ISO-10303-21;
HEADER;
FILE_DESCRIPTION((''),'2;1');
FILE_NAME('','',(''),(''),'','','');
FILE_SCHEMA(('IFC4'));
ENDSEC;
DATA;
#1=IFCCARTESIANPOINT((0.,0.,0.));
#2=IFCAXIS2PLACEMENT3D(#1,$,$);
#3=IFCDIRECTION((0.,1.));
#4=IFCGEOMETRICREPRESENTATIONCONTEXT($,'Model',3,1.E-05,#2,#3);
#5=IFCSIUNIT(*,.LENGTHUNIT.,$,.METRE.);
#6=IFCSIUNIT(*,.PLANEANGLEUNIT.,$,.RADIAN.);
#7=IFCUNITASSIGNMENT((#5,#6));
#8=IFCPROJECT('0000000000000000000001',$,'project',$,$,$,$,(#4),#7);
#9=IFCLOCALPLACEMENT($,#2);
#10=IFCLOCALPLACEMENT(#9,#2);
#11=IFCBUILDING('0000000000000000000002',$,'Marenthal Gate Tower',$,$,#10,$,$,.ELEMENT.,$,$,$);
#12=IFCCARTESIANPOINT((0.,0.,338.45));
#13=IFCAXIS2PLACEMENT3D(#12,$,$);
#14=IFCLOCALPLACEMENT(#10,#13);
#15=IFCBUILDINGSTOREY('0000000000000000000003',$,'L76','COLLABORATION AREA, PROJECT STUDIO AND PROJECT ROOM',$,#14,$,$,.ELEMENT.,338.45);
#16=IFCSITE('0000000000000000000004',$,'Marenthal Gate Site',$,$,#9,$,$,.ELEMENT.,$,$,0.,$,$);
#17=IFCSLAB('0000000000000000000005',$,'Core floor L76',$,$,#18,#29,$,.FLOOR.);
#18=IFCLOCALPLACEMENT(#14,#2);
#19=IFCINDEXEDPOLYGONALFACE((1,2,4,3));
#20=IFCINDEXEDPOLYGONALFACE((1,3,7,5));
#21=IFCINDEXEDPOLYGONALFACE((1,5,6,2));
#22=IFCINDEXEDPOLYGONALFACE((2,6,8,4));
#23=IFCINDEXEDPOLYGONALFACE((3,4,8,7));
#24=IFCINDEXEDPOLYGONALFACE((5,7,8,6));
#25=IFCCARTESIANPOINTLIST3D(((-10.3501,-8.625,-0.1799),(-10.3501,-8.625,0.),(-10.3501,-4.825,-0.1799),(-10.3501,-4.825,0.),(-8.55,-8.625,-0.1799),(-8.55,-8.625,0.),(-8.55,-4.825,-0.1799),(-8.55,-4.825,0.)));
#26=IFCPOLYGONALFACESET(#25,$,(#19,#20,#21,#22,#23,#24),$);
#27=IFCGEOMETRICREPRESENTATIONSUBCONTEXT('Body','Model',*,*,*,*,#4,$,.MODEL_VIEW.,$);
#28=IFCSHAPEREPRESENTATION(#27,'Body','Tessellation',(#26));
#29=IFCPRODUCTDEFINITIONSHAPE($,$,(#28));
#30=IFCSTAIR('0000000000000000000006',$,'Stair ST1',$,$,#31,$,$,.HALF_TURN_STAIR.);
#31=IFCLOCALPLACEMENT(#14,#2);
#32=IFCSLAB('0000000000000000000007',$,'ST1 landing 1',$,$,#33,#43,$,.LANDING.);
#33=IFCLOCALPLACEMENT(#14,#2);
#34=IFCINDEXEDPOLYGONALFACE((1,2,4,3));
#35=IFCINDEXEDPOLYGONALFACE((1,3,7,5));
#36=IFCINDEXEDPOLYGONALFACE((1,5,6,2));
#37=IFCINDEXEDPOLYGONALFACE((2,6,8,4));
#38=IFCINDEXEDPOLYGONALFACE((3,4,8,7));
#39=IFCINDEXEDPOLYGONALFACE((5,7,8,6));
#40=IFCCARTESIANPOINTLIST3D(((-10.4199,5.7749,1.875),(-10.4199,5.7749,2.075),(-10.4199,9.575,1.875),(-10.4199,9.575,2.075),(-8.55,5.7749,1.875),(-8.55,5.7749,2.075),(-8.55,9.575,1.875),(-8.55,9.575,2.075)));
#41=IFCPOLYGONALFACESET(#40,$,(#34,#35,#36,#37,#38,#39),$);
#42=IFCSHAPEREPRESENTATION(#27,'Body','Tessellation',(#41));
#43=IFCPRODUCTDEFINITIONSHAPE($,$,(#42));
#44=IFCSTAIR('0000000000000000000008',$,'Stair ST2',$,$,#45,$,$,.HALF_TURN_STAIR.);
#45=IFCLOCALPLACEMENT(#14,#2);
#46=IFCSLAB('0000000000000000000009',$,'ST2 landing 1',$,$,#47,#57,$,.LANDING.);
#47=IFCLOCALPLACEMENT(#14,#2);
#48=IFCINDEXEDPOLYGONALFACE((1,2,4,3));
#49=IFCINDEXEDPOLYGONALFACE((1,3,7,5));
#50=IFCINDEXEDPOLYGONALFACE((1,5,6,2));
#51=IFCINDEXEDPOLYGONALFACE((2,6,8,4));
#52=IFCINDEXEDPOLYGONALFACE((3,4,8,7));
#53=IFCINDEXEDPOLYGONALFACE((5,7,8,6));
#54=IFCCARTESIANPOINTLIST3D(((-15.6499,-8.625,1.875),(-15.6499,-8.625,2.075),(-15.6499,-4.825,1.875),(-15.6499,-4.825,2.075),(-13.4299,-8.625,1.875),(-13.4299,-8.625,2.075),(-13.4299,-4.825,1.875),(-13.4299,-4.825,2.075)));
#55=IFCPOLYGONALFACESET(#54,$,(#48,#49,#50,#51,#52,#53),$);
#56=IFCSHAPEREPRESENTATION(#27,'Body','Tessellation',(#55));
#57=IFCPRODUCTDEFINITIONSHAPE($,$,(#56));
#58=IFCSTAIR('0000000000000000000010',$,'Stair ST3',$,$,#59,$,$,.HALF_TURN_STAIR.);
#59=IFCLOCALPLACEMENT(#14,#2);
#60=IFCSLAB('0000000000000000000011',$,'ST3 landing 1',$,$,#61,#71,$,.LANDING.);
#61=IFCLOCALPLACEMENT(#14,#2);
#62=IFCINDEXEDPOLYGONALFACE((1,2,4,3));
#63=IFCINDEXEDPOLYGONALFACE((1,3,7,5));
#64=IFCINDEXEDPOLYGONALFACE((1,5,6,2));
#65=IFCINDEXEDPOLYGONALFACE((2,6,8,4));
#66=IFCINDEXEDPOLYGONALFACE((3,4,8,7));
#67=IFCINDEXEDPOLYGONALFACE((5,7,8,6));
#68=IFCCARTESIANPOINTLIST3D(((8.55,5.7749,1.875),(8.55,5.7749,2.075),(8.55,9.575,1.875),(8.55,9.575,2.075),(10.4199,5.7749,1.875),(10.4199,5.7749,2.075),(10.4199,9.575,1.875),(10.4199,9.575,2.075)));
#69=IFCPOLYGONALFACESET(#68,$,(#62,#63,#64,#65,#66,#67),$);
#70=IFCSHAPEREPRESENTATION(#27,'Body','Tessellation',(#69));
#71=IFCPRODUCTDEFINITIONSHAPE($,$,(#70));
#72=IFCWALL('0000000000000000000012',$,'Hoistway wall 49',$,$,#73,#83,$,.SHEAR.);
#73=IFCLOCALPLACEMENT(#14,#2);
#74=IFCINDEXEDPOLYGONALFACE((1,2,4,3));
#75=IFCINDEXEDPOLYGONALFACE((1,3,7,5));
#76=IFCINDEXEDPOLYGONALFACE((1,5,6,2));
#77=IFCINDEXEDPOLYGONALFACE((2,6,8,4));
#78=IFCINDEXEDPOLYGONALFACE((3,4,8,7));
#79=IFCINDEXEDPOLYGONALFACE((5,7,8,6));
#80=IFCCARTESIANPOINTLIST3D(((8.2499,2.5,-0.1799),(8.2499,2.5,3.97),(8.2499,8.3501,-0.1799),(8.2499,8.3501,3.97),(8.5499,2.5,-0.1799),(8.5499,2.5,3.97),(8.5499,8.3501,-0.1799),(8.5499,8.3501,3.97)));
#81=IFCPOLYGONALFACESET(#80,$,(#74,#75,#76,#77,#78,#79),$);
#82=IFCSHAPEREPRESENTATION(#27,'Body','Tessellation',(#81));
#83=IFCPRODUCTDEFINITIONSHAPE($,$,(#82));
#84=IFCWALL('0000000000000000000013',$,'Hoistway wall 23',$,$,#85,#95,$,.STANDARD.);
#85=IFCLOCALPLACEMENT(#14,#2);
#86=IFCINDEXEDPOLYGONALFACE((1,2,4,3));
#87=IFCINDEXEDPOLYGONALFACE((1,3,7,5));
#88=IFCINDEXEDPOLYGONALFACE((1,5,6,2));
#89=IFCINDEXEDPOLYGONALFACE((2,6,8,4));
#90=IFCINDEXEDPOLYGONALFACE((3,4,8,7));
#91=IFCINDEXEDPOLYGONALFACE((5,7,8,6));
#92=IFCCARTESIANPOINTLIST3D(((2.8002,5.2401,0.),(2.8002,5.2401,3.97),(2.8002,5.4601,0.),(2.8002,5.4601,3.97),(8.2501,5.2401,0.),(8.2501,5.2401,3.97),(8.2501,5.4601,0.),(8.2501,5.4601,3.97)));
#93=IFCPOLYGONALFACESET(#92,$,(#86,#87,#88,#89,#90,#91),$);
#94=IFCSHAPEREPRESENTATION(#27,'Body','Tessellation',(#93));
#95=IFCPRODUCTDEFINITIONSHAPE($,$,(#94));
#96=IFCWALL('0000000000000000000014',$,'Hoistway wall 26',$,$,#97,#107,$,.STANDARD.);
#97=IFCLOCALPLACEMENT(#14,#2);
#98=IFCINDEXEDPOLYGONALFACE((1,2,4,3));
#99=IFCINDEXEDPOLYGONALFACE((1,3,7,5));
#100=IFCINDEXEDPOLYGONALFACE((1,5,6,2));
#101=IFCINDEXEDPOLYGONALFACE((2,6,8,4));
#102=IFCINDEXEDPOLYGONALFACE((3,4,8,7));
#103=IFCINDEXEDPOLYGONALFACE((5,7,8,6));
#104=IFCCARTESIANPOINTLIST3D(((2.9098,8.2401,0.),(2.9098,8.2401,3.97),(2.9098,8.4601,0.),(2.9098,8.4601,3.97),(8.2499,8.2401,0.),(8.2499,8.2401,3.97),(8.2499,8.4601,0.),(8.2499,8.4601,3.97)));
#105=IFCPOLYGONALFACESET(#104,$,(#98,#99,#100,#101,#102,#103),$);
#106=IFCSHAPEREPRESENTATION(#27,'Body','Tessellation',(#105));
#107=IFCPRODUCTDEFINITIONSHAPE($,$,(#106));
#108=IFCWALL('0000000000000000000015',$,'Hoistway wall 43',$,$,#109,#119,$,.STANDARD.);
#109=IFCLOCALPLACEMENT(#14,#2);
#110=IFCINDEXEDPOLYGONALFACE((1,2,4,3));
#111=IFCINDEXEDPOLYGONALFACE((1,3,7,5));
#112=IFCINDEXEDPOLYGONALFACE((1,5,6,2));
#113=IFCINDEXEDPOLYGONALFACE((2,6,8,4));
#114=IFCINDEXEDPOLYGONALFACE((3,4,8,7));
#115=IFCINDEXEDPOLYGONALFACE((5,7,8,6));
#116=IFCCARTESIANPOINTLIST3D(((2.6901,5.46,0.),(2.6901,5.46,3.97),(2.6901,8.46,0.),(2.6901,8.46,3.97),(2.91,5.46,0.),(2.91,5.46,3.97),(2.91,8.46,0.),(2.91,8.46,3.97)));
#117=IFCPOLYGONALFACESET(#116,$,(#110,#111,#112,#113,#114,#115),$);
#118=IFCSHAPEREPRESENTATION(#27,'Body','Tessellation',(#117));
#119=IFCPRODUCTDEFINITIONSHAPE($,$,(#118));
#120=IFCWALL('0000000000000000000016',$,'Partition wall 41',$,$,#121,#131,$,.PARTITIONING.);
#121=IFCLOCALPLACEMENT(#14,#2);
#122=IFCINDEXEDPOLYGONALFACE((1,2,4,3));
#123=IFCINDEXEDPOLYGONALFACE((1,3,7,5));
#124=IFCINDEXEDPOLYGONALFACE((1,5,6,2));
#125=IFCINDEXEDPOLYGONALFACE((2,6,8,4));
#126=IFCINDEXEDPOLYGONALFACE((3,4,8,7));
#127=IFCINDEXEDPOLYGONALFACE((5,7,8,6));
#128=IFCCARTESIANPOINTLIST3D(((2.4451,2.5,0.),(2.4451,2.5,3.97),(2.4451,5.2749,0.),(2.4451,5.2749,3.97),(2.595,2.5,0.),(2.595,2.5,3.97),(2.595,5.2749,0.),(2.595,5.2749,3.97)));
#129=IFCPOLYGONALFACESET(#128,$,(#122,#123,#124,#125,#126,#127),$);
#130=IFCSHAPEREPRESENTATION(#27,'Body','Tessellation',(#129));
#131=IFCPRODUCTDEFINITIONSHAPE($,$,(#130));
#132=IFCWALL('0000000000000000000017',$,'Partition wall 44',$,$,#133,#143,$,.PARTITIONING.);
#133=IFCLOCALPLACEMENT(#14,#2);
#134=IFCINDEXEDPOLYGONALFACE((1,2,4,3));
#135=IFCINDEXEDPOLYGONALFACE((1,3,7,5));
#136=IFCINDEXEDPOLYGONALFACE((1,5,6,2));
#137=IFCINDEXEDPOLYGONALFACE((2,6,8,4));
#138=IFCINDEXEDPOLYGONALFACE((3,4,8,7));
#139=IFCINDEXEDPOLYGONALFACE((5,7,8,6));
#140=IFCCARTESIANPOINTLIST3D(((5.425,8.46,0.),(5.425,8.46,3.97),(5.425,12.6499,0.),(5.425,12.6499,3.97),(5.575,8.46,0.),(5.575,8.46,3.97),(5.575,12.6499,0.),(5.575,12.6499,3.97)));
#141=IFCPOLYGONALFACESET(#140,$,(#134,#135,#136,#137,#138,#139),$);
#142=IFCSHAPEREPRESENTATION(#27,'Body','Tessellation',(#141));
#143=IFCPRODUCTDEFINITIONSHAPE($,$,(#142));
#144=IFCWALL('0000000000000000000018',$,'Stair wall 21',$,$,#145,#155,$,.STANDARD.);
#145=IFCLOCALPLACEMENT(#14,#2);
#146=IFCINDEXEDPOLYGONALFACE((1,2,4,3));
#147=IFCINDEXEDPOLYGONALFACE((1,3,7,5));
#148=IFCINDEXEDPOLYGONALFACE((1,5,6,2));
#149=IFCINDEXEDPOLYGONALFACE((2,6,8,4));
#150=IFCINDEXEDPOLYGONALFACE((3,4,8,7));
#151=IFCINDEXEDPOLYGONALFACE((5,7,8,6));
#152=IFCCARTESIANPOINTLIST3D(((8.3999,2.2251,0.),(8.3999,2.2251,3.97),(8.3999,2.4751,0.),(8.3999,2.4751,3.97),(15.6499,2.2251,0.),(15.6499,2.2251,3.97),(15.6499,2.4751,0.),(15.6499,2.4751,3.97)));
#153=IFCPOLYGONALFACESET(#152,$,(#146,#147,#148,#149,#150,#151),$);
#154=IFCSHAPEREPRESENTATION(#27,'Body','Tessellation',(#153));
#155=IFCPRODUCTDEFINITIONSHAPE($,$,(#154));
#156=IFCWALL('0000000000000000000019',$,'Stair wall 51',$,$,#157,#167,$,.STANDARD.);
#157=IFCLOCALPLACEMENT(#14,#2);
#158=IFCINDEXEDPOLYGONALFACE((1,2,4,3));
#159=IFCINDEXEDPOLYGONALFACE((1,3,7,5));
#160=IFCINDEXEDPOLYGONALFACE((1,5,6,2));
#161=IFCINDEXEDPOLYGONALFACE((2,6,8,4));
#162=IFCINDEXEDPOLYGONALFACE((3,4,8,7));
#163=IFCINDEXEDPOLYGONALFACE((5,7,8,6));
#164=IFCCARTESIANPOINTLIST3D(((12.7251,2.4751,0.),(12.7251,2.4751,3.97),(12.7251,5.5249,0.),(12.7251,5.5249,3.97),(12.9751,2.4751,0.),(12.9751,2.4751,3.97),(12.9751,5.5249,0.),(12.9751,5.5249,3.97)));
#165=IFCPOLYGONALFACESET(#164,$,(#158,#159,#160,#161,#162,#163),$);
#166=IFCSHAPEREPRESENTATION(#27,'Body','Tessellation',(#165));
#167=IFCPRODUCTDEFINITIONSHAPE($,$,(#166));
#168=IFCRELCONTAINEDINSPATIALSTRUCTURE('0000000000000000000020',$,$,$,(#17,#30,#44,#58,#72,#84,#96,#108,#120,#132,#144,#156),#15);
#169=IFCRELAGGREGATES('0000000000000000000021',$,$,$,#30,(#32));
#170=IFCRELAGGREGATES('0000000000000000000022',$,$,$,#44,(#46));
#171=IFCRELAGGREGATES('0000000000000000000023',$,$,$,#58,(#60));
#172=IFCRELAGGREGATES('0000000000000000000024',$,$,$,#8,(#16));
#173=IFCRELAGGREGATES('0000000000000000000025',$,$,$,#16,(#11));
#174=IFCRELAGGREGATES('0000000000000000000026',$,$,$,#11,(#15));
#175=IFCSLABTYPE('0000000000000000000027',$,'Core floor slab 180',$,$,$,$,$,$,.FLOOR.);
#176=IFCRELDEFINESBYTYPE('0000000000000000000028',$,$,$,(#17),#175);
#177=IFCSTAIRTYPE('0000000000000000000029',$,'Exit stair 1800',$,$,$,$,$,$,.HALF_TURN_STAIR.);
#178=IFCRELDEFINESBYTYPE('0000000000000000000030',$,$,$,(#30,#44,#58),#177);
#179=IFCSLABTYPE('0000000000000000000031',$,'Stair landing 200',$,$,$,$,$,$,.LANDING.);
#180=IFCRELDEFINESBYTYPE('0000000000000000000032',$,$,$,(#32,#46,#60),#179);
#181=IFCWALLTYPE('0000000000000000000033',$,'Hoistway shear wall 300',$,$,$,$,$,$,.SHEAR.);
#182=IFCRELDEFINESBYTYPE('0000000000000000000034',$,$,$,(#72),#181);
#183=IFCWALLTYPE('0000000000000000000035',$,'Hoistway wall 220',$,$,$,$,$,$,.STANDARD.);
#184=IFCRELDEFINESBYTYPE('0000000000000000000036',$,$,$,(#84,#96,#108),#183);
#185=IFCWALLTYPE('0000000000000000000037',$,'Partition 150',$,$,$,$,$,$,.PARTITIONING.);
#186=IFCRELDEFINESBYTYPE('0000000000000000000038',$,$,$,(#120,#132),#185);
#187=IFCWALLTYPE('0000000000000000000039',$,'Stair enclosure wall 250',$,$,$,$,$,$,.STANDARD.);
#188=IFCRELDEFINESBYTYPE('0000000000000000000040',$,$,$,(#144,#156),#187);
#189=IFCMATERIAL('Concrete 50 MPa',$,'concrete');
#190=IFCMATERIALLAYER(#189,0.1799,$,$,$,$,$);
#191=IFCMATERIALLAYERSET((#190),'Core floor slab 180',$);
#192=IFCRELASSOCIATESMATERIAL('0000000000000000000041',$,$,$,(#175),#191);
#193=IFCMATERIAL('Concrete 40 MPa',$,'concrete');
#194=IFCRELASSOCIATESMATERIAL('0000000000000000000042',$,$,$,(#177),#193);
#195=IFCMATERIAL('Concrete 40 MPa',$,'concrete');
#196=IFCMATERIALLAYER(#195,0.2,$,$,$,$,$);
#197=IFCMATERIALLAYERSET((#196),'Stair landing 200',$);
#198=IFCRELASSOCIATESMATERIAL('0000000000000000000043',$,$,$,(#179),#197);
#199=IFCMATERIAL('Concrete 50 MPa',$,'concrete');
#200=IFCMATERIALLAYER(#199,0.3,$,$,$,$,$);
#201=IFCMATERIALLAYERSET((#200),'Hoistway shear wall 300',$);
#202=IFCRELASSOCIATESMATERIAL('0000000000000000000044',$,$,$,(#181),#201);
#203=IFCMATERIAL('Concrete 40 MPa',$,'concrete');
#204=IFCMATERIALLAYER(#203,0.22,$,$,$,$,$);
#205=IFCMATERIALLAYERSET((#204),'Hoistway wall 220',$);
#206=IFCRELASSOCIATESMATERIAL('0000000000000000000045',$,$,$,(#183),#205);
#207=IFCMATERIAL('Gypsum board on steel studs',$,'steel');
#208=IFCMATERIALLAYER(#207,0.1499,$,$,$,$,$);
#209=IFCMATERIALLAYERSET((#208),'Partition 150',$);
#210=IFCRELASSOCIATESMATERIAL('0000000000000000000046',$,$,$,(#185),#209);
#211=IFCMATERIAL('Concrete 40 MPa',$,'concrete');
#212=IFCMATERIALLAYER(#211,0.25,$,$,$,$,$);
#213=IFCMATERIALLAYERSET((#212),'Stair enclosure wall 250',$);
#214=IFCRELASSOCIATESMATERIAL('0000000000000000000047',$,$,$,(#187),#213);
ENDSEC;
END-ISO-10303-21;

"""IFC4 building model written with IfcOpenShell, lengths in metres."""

from ifc_helpers import new_model, si_unit, direction, frame, frame_2d, origin, place, context, subcontext, project, spatial, polyline, rectangle, outline, extrude, material, layer, layer_set, type_object, element, aggregate, save


model = new_model("IFC4")

# Units and contexts
model_context = context("Model", 3, precision=1e-05, world=origin(), true_north=direction((0.0, 1.0)))
body_context = subcontext(model_context, "Body", "Model", "MODEL_VIEW")
ifc_project = project(units=[si_unit("LENGTHUNIT", "METRE"), si_unit("PLANEANGLEUNIT", "RADIAN")], contexts=[model_context])

# Site, building, storey
site_placement = place(None, origin())
site = spatial("IfcSite", under=ifc_project, at=site_placement, Name="Marenthal Gate Site", CompositionType="ELEMENT", RefElevation=0.0)
building_placement = place(site_placement, origin())
building = spatial("IfcBuilding", under=site, at=building_placement, Name="Marenthal Gate Tower", CompositionType="ELEMENT")
storey_placement = place(building_placement, frame((0.0, 0.0, 338.45)))
storey = spatial("IfcBuildingStorey", under=building, at=storey_placement, Name="L76", Description="COLLABORATION AREA, PROJECT STUDIO AND PROJECT ROOM", CompositionType="ELEMENT", Elevation=338.45)

# Slab
ifc_material_1 = material(Name="Concrete 50 MPa", Category="concrete")
ifc_layer_1 = layer(ifc_material_1, 0.1799)
ifc_layer_set_1 = layer_set([ifc_layer_1], Name="Core floor slab 180")
slab_type_1 = type_object("IfcSlabType", Name="Core floor slab 180", PredefinedType="FLOOR", material=ifc_layer_set_1)
slab_1_placement = place(storey_placement, frame((0.0, 0.0, -0.1799)))
element("IfcSlab", 1, at=slab_1_placement, inside=storey, type_object=slab_type_1, Name="Core floor L76", PredefinedType="FLOOR", context=body_context, shape_type="SweptSolid", body=[
    extrude(outline(polyline([(-8.55, -4.825), (-8.55, -8.625), (-10.3501, -8.625), (-10.3501, -4.825), (-8.55, -4.825)])), origin(), (0.0, 0.0, 1.0), 0.1799),
])

# Stairs, slabs
ifc_material_2 = material(Name="Concrete 40 MPa", Category="concrete")
stair_type = type_object("IfcStairType", Name="Exit stair 1800", PredefinedType="HALF_TURN_STAIR", material=ifc_material_2)
stair_1_placement = place(storey_placement, origin())
stair_1 = element("IfcStair", 2, at=stair_1_placement, inside=storey, type_object=stair_type, Name="Stair ST1", PredefinedType="HALF_TURN_STAIR")
ifc_material_3 = material(Name="Concrete 40 MPa", Category="concrete")
ifc_layer_2 = layer(ifc_material_3, 0.2)
ifc_layer_set_2 = layer_set([ifc_layer_2], Name="Stair landing 200")
slab_type_2 = type_object("IfcSlabType", Name="Stair landing 200", PredefinedType="LANDING", material=ifc_layer_set_2)
slab_2_placement = place(storey_placement, frame((0.0, 0.0, 1.875)))
slab_2 = element("IfcSlab", 3, at=slab_2_placement, type_object=slab_type_2, Name="ST1 landing 1", PredefinedType="LANDING", context=body_context, shape_type="SweptSolid", body=[
    extrude(outline(polyline([(-10.4199, 5.7749), (-8.55, 5.7749), (-8.55, 9.575), (-10.4199, 9.575), (-10.4199, 5.7749)])), origin(), (0.0, 0.0, 1.0), 0.2),
])
aggregate(stair_1, [slab_2])
stair_2_placement = place(storey_placement, origin())
stair_2 = element("IfcStair", 4, at=stair_2_placement, inside=storey, type_object=stair_type, Name="Stair ST2", PredefinedType="HALF_TURN_STAIR")
slab_3_placement = place(storey_placement, frame((0.0, 0.0, 1.875)))
slab_3 = element("IfcSlab", 5, at=slab_3_placement, type_object=slab_type_2, Name="ST2 landing 1", PredefinedType="LANDING", context=body_context, shape_type="SweptSolid", body=[
    extrude(outline(polyline([(-15.6499, -8.625), (-13.4299, -8.625), (-13.4299, -4.825), (-15.6499, -4.825), (-15.6499, -8.625)])), origin(), (0.0, 0.0, 1.0), 0.2),
])
aggregate(stair_2, [slab_3])
stair_3_placement = place(storey_placement, origin())
stair_3 = element("IfcStair", 6, at=stair_3_placement, inside=storey, type_object=stair_type, Name="Stair ST3", PredefinedType="HALF_TURN_STAIR")
slab_4_placement = place(storey_placement, frame((0.0, 0.0, 1.875)))
slab_4 = element("IfcSlab", 7, at=slab_4_placement, type_object=slab_type_2, Name="ST3 landing 1", PredefinedType="LANDING", context=body_context, shape_type="SweptSolid", body=[
    extrude(outline(polyline([(8.55, 5.7749), (10.4199, 5.7749), (10.4199, 9.575), (8.55, 9.575), (8.55, 5.7749)])), origin(), (0.0, 0.0, 1.0), 0.2),
])

# Walls
ifc_material_4 = material(Name="Concrete 50 MPa", Category="concrete")
ifc_layer_3 = layer(ifc_material_4, 0.3)
ifc_layer_set_3 = layer_set([ifc_layer_3], Name="Hoistway shear wall 300")
wall_type_1 = type_object("IfcWallType", Name="Hoistway shear wall 300", PredefinedType="SHEAR", material=ifc_layer_set_3)
wall_1_placement = place(storey_placement, frame((8.3999, 2.5, -0.1799), z_axis=(0.0, 0.0, 1.0), x_axis=(0.0, 1.0, 0.0)))
element("IfcWall", 8, at=wall_1_placement, inside=storey, type_object=wall_type_1, Name="Hoistway wall 49", PredefinedType="SHEAR", context=body_context, shape_type="SweptSolid", body=[
    extrude(rectangle(XDim=5.8501, YDim=0.3, at=frame_2d((2.925, 0.0))), origin(), (0.0, 0.0, 1.0), 4.1499),
])
ifc_material_5 = material(Name="Concrete 40 MPa", Category="concrete")
ifc_layer_4 = layer(ifc_material_5, 0.22)
ifc_layer_set_4 = layer_set([ifc_layer_4], Name="Hoistway wall 220")
wall_type_2 = type_object("IfcWallType", Name="Hoistway wall 220", PredefinedType="STANDARD", material=ifc_layer_set_4)
wall_2_placement = place(storey_placement, frame((2.8, 5.3501, 0.0), z_axis=(0.0, 0.0, 1.0), x_axis=(1.0, 0.0, 0.0)))
element("IfcWall", 9, at=wall_2_placement, inside=storey, type_object=wall_type_2, Name="Hoistway wall 23", PredefinedType="STANDARD", context=body_context, shape_type="SweptSolid", body=[
    extrude(rectangle(XDim=5.45, YDim=0.22, at=frame_2d((2.7251, 0.0))), origin(), (0.0, 0.0, 1.0), 3.97),
])
wall_3_placement = place(storey_placement, frame((2.9099, 8.3501, 0.0), z_axis=(0.0, 0.0, 1.0), x_axis=(1.0, 0.0, 0.0)))
element("IfcWall", 10, at=wall_3_placement, inside=storey, type_object=wall_type_2, Name="Hoistway wall 26", PredefinedType="STANDARD", context=body_context, shape_type="SweptSolid", body=[
    extrude(rectangle(XDim=5.3401, YDim=0.22, at=frame_2d((2.6699, 0.0))), origin(), (0.0, 0.0, 1.0), 3.97),
])
wall_4_placement = place(storey_placement, frame((2.8, 5.46, 0.0), z_axis=(0.0, 0.0, 1.0), x_axis=(0.0, 1.0, 0.0)))
element("IfcWall", 11, at=wall_4_placement, inside=storey, type_object=wall_type_2, Name="Hoistway wall 43", PredefinedType="STANDARD", context=body_context, shape_type="SweptSolid", body=[
    extrude(rectangle(XDim=3.0, YDim=0.22, at=frame_2d((1.5, 0.0))), origin(), (0.0, 0.0, 1.0), 3.97),
])
ifc_material_6 = material(Name="Gypsum board on steel studs", Category="steel")
ifc_layer_5 = layer(ifc_material_6, 0.1499)
ifc_layer_set_5 = layer_set([ifc_layer_5], Name="Partition 150")
wall_type_3 = type_object("IfcWallType", Name="Partition 150", PredefinedType="PARTITIONING", material=ifc_layer_set_5)
wall_5_placement = place(storey_placement, frame((2.52, 2.5, 0.0), z_axis=(0.0, 0.0, 1.0), x_axis=(0.0, 1.0, 0.0)))
element("IfcWall", 12, at=wall_5_placement, inside=storey, type_object=wall_type_3, Name="Partition wall 41", PredefinedType="PARTITIONING", context=body_context, shape_type="SweptSolid", body=[
    extrude(rectangle(XDim=2.7749, YDim=0.1499, at=frame_2d((1.3875, 0.0))), origin(), (0.0, 0.0, 1.0), 3.97),
])
wall_6_placement = place(storey_placement, frame((5.5, 8.46, 0.0), z_axis=(0.0, 0.0, 1.0), x_axis=(0.0, 1.0, 0.0)))
element("IfcWall", 13, at=wall_6_placement, inside=storey, type_object=wall_type_3, Name="Partition wall 44", PredefinedType="PARTITIONING", context=body_context, shape_type="SweptSolid", body=[
    extrude(rectangle(XDim=4.1899, YDim=0.1499, at=frame_2d((2.095, 0.0))), origin(), (0.0, 0.0, 1.0), 3.97),
])
ifc_material_7 = material(Name="Concrete 40 MPa", Category="concrete")
ifc_layer_6 = layer(ifc_material_7, 0.25)
ifc_layer_set_6 = layer_set([ifc_layer_6], Name="Stair enclosure wall 250")
wall_type_4 = type_object("IfcWallType", Name="Stair enclosure wall 250", PredefinedType="STANDARD", material=ifc_layer_set_6)
wall_7_placement = place(storey_placement, frame((8.3999, 2.3501, 0.0), z_axis=(0.0, 0.0, 1.0), x_axis=(1.0, 0.0, 0.0)))
element("IfcWall", 14, at=wall_7_placement, inside=storey, type_object=wall_type_4, Name="Stair wall 21", PredefinedType="STANDARD", context=body_context, shape_type="SweptSolid", body=[
    extrude(rectangle(XDim=7.25, YDim=0.25, at=frame_2d((3.625, 0.0))), origin(), (0.0, 0.0, 1.0), 3.97),
])
wall_8_placement = place(storey_placement, frame((12.8501, 2.4751, 0.0), z_axis=(0.0, 0.0, 1.0), x_axis=(0.0, 1.0, 0.0)))
element("IfcWall", 15, at=wall_8_placement, inside=storey, type_object=wall_type_4, Name="Stair wall 51", PredefinedType="STANDARD", context=body_context, shape_type="SweptSolid", body=[
    extrude(rectangle(XDim=3.0498, YDim=0.25, at=frame_2d((1.5249, 0.0))), origin(), (0.0, 0.0, 1.0), 3.97),
])

aggregate(stair_3, [slab_4])

save(model, "model.ifc")
